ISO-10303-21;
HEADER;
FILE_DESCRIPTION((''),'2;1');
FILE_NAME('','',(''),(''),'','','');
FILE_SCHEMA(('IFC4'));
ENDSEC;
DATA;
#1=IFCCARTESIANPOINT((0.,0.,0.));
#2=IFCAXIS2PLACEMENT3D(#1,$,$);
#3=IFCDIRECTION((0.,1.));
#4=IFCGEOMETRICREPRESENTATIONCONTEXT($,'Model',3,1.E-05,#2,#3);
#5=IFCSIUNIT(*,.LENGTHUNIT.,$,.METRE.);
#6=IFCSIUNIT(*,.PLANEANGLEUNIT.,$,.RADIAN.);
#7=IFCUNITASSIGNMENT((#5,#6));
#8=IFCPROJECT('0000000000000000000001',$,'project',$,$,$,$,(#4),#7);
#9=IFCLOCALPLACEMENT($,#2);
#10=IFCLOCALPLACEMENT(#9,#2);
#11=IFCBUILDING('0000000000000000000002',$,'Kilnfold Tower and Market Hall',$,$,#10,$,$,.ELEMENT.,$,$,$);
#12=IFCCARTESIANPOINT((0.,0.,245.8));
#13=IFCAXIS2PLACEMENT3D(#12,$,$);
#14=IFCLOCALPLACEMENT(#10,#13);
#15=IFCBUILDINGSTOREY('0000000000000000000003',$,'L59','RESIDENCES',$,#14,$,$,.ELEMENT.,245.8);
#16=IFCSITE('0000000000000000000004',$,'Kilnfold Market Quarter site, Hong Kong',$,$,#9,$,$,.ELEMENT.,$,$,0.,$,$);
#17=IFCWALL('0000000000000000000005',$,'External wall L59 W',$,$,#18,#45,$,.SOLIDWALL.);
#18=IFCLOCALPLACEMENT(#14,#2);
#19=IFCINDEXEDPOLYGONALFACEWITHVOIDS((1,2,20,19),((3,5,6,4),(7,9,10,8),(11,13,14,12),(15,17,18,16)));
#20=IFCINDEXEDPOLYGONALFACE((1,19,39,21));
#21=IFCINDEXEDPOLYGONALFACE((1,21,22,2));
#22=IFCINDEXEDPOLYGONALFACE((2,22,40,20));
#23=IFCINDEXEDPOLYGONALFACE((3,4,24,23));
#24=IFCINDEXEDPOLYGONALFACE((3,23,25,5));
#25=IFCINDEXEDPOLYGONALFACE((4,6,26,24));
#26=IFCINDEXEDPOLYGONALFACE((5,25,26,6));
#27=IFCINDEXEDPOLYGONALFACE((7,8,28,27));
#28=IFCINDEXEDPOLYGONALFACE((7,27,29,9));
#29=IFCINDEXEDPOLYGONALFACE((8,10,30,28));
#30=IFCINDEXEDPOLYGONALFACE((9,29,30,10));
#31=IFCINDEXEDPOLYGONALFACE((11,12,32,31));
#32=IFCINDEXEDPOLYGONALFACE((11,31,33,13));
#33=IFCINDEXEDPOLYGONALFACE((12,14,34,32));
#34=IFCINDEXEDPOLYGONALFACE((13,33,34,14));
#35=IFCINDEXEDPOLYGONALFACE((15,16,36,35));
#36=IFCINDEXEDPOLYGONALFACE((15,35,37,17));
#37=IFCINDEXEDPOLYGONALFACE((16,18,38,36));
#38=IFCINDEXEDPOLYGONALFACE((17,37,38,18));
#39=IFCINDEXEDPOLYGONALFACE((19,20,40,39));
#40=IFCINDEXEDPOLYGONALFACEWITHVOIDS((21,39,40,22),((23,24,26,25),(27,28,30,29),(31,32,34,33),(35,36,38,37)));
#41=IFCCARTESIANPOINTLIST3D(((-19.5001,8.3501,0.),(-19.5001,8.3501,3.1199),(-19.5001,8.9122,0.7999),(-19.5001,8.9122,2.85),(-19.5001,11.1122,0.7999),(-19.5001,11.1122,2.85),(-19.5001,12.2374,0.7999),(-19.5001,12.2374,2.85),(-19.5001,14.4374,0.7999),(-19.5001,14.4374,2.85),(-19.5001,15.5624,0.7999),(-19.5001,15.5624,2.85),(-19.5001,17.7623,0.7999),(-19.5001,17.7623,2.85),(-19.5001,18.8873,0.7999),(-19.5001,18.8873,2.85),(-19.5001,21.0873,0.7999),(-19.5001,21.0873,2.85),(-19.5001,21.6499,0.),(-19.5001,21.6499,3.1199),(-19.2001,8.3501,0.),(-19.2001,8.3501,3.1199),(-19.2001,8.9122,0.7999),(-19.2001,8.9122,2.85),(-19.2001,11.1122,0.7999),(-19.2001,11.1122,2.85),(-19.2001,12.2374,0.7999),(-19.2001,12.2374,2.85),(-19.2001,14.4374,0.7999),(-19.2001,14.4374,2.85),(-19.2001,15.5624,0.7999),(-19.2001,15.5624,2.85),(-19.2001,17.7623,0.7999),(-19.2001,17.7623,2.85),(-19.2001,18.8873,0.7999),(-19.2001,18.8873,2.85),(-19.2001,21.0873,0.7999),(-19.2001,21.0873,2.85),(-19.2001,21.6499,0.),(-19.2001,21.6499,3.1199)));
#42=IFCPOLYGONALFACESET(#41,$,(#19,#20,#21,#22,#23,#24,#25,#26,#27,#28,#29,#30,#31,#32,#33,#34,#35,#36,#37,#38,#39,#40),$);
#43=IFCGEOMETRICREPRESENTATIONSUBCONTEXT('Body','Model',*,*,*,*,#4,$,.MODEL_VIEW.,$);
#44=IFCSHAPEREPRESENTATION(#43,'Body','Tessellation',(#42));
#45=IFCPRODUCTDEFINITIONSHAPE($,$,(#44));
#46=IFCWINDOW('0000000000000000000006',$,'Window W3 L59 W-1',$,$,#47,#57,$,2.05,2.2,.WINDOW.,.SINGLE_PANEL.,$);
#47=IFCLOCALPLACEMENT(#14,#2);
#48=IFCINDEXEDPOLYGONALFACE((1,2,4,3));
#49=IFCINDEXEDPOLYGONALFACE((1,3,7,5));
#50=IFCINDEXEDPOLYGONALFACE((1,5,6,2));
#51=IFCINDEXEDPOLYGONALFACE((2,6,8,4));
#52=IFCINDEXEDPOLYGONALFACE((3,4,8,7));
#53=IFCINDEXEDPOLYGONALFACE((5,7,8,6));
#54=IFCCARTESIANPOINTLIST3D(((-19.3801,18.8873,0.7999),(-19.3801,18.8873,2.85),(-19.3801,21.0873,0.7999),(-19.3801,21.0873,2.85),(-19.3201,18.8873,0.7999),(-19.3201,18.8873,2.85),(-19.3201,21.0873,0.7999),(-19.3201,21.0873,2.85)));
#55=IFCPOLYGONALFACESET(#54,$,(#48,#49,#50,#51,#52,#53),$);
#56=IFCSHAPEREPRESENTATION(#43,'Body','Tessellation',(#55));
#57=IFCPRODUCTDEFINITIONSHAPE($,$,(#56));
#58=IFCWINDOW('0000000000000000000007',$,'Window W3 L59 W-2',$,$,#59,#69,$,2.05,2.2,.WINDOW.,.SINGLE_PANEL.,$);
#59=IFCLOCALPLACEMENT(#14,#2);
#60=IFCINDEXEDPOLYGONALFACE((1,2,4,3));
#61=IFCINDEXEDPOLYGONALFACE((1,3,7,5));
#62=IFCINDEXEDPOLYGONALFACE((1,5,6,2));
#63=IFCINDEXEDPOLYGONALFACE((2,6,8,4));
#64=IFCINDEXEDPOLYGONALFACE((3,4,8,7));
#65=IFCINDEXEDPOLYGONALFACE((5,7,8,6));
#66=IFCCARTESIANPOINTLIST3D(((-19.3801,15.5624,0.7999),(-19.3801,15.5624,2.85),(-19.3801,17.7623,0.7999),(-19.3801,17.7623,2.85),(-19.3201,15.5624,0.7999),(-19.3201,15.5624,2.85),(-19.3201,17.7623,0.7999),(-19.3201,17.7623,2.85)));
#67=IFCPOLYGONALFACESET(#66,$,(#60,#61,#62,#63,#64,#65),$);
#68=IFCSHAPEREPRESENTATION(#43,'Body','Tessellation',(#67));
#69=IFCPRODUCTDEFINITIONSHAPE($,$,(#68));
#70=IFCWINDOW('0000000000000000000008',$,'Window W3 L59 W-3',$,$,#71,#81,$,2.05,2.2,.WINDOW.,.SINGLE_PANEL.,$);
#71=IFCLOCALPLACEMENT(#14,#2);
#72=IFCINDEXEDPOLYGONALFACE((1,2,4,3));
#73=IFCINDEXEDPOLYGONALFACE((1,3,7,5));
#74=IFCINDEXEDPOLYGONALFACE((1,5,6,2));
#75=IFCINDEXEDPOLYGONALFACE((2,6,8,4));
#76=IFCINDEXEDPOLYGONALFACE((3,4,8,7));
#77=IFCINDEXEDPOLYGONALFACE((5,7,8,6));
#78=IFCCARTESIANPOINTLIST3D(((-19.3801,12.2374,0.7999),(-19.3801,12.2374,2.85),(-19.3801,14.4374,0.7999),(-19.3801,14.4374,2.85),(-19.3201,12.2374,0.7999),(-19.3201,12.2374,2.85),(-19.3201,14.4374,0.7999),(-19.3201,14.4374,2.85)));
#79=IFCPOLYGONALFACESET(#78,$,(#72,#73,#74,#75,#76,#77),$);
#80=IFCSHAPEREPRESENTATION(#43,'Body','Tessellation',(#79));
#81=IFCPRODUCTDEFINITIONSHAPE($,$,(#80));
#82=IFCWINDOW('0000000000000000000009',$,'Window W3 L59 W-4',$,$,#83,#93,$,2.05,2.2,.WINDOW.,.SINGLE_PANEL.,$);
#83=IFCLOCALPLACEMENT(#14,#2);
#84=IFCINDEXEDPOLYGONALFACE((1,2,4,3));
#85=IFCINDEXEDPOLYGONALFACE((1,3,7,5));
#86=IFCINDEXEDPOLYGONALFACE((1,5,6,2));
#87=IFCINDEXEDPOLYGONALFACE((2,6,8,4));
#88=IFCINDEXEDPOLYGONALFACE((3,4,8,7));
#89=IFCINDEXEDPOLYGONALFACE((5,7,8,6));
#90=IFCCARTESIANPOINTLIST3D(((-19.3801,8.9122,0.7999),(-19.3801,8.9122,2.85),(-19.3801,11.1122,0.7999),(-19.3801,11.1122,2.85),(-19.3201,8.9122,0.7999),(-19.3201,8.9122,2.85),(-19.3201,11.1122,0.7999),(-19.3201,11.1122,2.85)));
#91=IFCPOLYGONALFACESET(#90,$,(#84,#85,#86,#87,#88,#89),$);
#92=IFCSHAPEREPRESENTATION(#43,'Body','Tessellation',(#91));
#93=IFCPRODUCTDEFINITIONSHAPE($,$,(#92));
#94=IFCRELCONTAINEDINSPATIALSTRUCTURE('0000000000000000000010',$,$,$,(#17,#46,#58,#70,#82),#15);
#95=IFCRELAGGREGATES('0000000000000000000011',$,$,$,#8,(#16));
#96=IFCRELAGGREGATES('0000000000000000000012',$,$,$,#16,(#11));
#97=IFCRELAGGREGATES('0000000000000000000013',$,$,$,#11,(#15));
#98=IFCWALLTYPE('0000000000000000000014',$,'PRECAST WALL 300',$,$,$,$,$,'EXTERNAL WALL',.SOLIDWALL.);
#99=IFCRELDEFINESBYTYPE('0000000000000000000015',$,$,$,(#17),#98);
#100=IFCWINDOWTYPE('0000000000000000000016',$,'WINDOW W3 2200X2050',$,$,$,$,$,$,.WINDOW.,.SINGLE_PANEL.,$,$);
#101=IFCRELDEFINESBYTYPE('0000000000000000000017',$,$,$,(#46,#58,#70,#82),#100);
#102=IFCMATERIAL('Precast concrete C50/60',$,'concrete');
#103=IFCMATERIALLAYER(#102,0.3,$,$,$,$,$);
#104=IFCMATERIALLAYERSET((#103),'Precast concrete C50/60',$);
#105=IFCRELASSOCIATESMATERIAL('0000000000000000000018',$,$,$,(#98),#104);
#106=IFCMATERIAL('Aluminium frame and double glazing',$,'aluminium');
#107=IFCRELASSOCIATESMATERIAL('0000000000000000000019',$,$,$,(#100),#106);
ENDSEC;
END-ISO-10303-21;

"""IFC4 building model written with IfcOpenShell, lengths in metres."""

from ifc_helpers import new_model, si_unit, direction, frame, frame_2d, origin, place, context, subcontext, project, spatial, rectangle, extrude, source, transform, mapped, material, layer, layer_set, type_object, element, fill, save


model = new_model("IFC4")

# Units and contexts
model_context = context("Model", 3, precision=1e-05, world=origin(), true_north=direction((0.0, 1.0)))
body_context = subcontext(model_context, "Body", "Model", "MODEL_VIEW")
ifc_project = project(units=[si_unit("LENGTHUNIT", "METRE"), si_unit("PLANEANGLEUNIT", "RADIAN")], contexts=[model_context])

# Site, building, storey
site_placement = place(None, origin())
site = spatial("IfcSite", under=ifc_project, at=site_placement, Name="Kilnfold Market Quarter site, Hong Kong", CompositionType="ELEMENT", RefElevation=0.0)
building_placement = place(site_placement, origin())
building = spatial("IfcBuilding", under=site, at=building_placement, Name="Kilnfold Tower and Market Hall", CompositionType="ELEMENT")
storey_placement = place(building_placement, frame((0.0, 0.0, 245.8)))
storey = spatial("IfcBuildingStorey", under=building, at=storey_placement, Name="L59", Description="RESIDENCES", CompositionType="ELEMENT", Elevation=245.8)

# Wall, openings, windows
ifc_material_1 = material(Name="Precast concrete C50/60", Category="concrete")
ifc_layer_1 = layer(ifc_material_1, 0.3)
ifc_layer_set_1 = layer_set([ifc_layer_1], Name="Precast concrete C50/60")
wall_type_1 = type_object("IfcWallType", Name="PRECAST WALL 300", ElementType="EXTERNAL WALL", PredefinedType="SOLIDWALL", material=ifc_layer_set_1)
shared_shape_1 = source(origin(), body_context, "Body", "SweptSolid", [
    extrude(rectangle(XDim=13.2998, YDim=0.3, at=frame_2d((6.6499, 0.0))), origin(), (0.0, 0.0, 1.0), 3.1199),
])
wall_1_placement = place(storey_placement, frame((-19.3501, 21.6499, 0.0), z_axis=(0.0, 0.0, 1.0), x_axis=(0.0, -1.0, 0.0)))
wall_1 = element("IfcWall", 1, at=wall_1_placement, inside=storey, type_object=wall_type_1, Name="External wall L59 W", PredefinedType="SOLIDWALL", context=body_context, shape_type="MappedRepresentation", body=[
    mapped(shared_shape_1, transform((0.0, 0.0, 0.0))),
])
opening_1_placement = place(wall_1_placement, frame((0.5625, 0.0, 0.8)))
opening_1 = element("IfcOpeningElement", 2, at=opening_1_placement, cuts=wall_1, PredefinedType="OPENING", context=body_context, shape_type="SweptSolid", body=[
    extrude(rectangle(XDim=2.2, YDim=2.05, at=frame_2d((1.1001, 1.0249))), frame((0.0, 0.1602, 0.0), z_axis=(0.0, -1.0, 0.0), x_axis=(1.0, 0.0, 0.0)), (0.0, 0.0, 1.0), 0.3201),
])
opening_2_placement = place(wall_1_placement, frame((3.8875, 0.0, 0.8)))
opening_2 = element("IfcOpeningElement", 3, at=opening_2_placement, cuts=wall_1, PredefinedType="OPENING", context=body_context, shape_type="SweptSolid", body=[
    extrude(rectangle(XDim=2.2, YDim=2.05, at=frame_2d((1.1001, 1.0249))), frame((0.0, 0.1602, 0.0), z_axis=(0.0, -1.0, 0.0), x_axis=(1.0, 0.0, 0.0)), (0.0, 0.0, 1.0), 0.3201),
])
opening_3_placement = place(wall_1_placement, frame((7.2124, 0.0, 0.8)))
opening_3 = element("IfcOpeningElement", 4, at=opening_3_placement, cuts=wall_1, PredefinedType="OPENING", context=body_context, shape_type="SweptSolid", body=[
    extrude(rectangle(XDim=2.2, YDim=2.05, at=frame_2d((1.1001, 1.0249))), frame((0.0, 0.1602, 0.0), z_axis=(0.0, -1.0, 0.0), x_axis=(1.0, 0.0, 0.0)), (0.0, 0.0, 1.0), 0.3201),
])
opening_4_placement = place(wall_1_placement, frame((10.5376, 0.0, 0.8)))
opening_4 = element("IfcOpeningElement", 5, at=opening_4_placement, cuts=wall_1, PredefinedType="OPENING", context=body_context, shape_type="SweptSolid", body=[
    extrude(rectangle(XDim=2.2, YDim=2.05, at=frame_2d((1.1001, 1.0249))), frame((0.0, 0.1602, 0.0), z_axis=(0.0, -1.0, 0.0), x_axis=(1.0, 0.0, 0.0)), (0.0, 0.0, 1.0), 0.3201),
])
ifc_material_2 = material(Name="Aluminium frame and double glazing", Category="aluminium")
window_type = type_object("IfcWindowType", Name="WINDOW W3 2200X2050", PartitioningType="SINGLE_PANEL", PredefinedType="WINDOW", material=ifc_material_2)
window_1_placement = place(opening_1_placement, origin())
window_1 = element("IfcWindow", 6, at=window_1_placement, inside=storey, type_object=window_type, Name="Window W3 L59 W-1", OverallHeight=2.05, OverallWidth=2.2, PartitioningType="SINGLE_PANEL", PredefinedType="WINDOW", context=body_context, shape_type="SweptSolid", body=[
    extrude(rectangle(XDim=2.2, YDim=2.05, at=frame_2d((1.1001, 1.0249))), frame((0.0, 0.03, 0.0), z_axis=(0.0, -1.0, 0.0), x_axis=(1.0, 0.0, 0.0)), (0.0, 0.0, 1.0), 0.0601),
])
fill(opening_1, window_1)
window_2_placement = place(opening_2_placement, origin())
window_2 = element("IfcWindow", 7, at=window_2_placement, inside=storey, type_object=window_type, Name="Window W3 L59 W-2", OverallHeight=2.05, OverallWidth=2.2, PartitioningType="SINGLE_PANEL", PredefinedType="WINDOW", context=body_context, shape_type="SweptSolid", body=[
    extrude(rectangle(XDim=2.2, YDim=2.05, at=frame_2d((1.1001, 1.0249))), frame((0.0, 0.03, 0.0), z_axis=(0.0, -1.0, 0.0), x_axis=(1.0, 0.0, 0.0)), (0.0, 0.0, 1.0), 0.0601),
])
fill(opening_2, window_2)
window_3_placement = place(opening_3_placement, origin())
window_3 = element("IfcWindow", 8, at=window_3_placement, inside=storey, type_object=window_type, Name="Window W3 L59 W-3", OverallHeight=2.05, OverallWidth=2.2, PartitioningType="SINGLE_PANEL", PredefinedType="WINDOW", context=body_context, shape_type="SweptSolid", body=[
    extrude(rectangle(XDim=2.2, YDim=2.05, at=frame_2d((1.1001, 1.0249))), frame((0.0, 0.03, 0.0), z_axis=(0.0, -1.0, 0.0), x_axis=(1.0, 0.0, 0.0)), (0.0, 0.0, 1.0), 0.0601),
])
fill(opening_3, window_3)
window_4_placement = place(opening_4_placement, origin())
window_4 = element("IfcWindow", 9, at=window_4_placement, inside=storey, type_object=window_type, Name="Window W3 L59 W-4", OverallHeight=2.05, OverallWidth=2.2, PartitioningType="SINGLE_PANEL", PredefinedType="WINDOW", context=body_context, shape_type="SweptSolid", body=[
    extrude(rectangle(XDim=2.2, YDim=2.05, at=frame_2d((1.1001, 1.0249))), frame((0.0, 0.03, 0.0), z_axis=(0.0, -1.0, 0.0), x_axis=(1.0, 0.0, 0.0)), (0.0, 0.0, 1.0), 0.0601),
])
fill(opening_4, window_4)

save(model, "model.ifc")
